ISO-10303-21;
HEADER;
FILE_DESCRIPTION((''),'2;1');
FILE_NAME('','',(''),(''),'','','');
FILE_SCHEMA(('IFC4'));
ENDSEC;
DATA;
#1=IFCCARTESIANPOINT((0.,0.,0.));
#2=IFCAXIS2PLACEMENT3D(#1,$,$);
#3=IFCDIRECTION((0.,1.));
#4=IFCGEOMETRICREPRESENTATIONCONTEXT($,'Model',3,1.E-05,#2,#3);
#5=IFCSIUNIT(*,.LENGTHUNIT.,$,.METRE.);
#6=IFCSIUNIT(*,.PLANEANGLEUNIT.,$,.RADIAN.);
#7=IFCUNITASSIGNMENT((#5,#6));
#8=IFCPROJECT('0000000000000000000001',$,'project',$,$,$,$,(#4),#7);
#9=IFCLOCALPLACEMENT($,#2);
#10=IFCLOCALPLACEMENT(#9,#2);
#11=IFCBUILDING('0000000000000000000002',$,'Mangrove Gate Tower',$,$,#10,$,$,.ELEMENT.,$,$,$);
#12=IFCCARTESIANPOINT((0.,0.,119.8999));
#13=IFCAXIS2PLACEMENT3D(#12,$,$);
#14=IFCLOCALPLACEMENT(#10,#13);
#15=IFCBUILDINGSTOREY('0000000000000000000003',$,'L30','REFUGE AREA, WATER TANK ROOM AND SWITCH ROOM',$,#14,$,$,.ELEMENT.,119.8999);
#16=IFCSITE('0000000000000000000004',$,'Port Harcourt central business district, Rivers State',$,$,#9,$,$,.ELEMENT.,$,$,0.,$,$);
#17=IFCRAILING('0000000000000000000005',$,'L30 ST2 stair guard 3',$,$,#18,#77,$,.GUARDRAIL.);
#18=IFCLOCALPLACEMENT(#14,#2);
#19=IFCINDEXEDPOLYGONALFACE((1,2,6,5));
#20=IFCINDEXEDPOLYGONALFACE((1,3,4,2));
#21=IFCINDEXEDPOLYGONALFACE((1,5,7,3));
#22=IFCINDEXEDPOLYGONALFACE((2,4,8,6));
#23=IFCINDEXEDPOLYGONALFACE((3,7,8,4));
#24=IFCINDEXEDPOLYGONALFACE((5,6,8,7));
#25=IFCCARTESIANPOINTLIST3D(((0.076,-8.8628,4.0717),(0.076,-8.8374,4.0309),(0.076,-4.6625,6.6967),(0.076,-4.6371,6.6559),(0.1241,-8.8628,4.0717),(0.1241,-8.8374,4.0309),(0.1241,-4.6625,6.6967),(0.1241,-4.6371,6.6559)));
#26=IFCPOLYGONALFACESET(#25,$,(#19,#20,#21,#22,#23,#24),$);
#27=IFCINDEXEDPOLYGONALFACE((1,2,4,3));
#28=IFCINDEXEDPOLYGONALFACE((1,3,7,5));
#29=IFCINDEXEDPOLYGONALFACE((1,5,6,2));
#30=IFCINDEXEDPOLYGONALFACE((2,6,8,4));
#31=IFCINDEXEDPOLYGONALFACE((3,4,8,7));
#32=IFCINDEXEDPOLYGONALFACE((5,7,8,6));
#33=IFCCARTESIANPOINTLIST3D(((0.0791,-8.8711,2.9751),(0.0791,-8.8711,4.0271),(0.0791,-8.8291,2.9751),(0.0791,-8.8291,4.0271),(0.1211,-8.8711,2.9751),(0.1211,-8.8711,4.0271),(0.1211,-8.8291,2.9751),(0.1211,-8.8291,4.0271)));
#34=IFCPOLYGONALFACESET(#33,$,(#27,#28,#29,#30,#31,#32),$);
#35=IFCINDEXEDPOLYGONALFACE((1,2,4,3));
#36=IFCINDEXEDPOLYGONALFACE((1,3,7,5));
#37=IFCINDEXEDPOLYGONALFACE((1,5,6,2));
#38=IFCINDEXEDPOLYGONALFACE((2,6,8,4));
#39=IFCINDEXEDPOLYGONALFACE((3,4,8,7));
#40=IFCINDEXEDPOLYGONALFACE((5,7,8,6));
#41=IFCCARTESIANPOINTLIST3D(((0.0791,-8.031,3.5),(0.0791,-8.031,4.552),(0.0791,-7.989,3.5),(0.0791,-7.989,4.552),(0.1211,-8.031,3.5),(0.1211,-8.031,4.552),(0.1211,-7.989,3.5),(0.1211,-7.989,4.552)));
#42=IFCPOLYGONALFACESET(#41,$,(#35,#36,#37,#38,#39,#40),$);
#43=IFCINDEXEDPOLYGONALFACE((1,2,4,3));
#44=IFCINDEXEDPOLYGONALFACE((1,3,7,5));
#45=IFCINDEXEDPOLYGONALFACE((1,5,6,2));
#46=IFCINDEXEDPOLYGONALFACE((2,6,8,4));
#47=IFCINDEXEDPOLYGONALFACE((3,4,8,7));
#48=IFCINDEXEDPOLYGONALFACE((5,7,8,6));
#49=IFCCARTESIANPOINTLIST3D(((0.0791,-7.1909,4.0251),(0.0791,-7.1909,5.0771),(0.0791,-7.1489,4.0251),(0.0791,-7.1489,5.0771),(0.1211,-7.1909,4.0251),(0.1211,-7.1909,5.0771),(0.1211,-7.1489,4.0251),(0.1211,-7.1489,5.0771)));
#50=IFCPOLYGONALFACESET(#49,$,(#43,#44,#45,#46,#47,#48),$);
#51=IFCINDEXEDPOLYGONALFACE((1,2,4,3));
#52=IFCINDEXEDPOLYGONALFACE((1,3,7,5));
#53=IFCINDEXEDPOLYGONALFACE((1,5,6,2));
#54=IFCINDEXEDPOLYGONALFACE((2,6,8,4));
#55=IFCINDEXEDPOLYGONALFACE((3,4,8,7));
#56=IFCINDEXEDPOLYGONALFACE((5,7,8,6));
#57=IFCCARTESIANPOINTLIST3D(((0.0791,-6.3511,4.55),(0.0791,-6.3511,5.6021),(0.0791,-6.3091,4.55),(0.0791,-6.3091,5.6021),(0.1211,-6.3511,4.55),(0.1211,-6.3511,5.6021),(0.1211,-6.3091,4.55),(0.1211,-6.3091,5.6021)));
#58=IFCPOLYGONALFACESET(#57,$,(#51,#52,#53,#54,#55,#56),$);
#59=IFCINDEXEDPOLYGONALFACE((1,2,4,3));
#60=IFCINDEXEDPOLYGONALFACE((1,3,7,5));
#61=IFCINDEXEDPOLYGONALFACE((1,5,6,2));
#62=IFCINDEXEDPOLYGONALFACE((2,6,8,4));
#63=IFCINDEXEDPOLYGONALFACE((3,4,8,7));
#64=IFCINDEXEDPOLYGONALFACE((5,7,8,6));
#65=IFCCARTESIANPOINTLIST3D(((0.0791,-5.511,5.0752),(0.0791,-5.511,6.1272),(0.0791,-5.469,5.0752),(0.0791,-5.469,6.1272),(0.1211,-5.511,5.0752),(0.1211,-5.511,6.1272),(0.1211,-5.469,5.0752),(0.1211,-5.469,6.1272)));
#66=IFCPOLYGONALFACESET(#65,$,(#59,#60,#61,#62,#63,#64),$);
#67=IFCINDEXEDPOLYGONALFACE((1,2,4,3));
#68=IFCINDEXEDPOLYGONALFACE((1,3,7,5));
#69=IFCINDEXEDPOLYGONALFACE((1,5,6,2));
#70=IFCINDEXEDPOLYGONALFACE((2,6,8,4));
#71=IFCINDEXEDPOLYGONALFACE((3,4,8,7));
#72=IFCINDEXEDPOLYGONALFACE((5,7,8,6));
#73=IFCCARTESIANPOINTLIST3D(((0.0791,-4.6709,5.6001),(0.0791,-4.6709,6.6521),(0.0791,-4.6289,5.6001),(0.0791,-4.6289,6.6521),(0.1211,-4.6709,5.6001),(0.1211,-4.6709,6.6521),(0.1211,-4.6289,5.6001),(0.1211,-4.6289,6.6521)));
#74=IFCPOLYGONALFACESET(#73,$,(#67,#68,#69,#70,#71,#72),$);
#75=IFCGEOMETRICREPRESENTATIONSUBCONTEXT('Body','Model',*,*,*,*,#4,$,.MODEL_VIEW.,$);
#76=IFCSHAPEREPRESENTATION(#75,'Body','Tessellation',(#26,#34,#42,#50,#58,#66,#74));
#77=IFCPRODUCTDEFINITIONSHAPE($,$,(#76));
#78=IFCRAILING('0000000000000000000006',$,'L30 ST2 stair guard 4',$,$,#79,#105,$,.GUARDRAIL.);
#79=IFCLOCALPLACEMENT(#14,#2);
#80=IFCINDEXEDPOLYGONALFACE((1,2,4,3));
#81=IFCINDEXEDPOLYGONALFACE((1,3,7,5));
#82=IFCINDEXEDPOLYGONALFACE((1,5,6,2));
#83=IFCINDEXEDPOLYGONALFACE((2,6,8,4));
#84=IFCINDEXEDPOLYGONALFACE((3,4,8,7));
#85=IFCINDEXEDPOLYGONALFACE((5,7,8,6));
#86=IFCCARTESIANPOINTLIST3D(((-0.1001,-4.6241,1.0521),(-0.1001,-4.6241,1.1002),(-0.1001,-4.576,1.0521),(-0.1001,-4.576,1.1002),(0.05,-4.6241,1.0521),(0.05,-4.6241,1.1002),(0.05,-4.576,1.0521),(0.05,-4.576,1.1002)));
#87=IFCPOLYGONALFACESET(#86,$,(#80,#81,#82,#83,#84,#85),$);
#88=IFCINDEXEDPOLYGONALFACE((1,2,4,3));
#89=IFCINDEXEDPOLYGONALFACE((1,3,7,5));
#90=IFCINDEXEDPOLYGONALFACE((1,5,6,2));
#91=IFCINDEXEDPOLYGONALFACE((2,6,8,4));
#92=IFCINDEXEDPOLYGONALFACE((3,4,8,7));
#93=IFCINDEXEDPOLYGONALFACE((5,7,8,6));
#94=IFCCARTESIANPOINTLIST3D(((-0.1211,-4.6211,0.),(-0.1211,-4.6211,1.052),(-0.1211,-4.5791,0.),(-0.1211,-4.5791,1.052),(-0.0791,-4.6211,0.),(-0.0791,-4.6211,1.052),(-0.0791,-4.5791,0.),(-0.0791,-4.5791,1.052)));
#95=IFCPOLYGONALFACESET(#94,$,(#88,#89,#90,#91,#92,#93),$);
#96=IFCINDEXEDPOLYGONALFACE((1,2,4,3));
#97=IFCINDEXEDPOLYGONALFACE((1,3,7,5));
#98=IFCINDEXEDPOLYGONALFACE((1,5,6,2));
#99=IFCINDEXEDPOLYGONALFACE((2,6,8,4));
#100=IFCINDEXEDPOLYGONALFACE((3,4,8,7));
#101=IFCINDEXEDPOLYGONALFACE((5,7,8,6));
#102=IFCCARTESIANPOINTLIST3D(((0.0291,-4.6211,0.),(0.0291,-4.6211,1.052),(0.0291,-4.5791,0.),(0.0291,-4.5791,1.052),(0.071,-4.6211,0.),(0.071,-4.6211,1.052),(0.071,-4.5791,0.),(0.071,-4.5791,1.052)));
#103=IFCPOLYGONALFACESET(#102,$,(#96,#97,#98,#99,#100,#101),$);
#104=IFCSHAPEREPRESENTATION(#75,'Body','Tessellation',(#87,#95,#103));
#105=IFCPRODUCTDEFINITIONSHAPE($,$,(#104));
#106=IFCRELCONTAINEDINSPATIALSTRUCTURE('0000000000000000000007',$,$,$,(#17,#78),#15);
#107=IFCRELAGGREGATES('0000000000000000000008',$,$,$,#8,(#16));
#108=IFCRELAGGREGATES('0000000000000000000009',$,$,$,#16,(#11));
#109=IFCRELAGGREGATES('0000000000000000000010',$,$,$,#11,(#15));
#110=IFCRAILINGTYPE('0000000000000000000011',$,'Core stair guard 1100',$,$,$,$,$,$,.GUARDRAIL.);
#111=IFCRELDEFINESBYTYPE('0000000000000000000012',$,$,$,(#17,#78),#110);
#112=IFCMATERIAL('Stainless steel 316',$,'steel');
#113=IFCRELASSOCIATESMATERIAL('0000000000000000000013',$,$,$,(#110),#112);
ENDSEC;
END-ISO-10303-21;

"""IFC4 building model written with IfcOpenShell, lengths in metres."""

from ifc_helpers import new_model, si_unit, direction, frame, origin, origin_2d, place, context, subcontext, project, spatial, rectangle, extrude, material, type_object, element, save


model = new_model("IFC4")

# Units and contexts
model_context = context("Model", 3, precision=1e-05, world=origin(), true_north=direction((0.0, 1.0)))
body_context = subcontext(model_context, "Body", "Model", "MODEL_VIEW")
ifc_project = project(units=[si_unit("LENGTHUNIT", "METRE"), si_unit("PLANEANGLEUNIT", "RADIAN")], contexts=[model_context])

# Site, building, storey
site_placement = place(None, origin())
site = spatial("IfcSite", under=ifc_project, at=site_placement, Name="Port Harcourt central business district, Rivers State", CompositionType="ELEMENT", RefElevation=0.0)
building_placement = place(site_placement, origin())
building = spatial("IfcBuilding", under=site, at=building_placement, Name="Mangrove Gate Tower", CompositionType="ELEMENT")
storey_placement = place(building_placement, frame((0.0, 0.0, 119.8999)))
storey = spatial("IfcBuildingStorey", under=building, at=storey_placement, Name="L30", Description="REFUGE AREA, WATER TANK ROOM AND SWITCH ROOM", CompositionType="ELEMENT", Elevation=119.8999)

# Railings
ifc_material_1 = material(Name="Stainless steel 316", Category="steel")
railing_type_1 = type_object("IfcRailingType", Name="Core stair guard 1100", PredefinedType="GUARDRAIL", material=ifc_material_1)
railing_1_placement = place(storey_placement, frame((0.1001, -8.8501, 2.9751)))
element("IfcRailing", 1, at=railing_1_placement, inside=storey, type_object=railing_type_1, Name="L30 ST2 stair guard 3", PredefinedType="GUARDRAIL", context=body_context, shape_type="SweptSolid", body=[
    extrude(rectangle(XDim=0.0481, YDim=0.0481, at=origin_2d()), frame((0.0, 0.0, 1.0762), z_axis=(0.0, 0.848009, 0.529981), x_axis=(-1.0, 0.0, 0.0)), (0.0, 0.0, 1.0), 4.9531),
    extrude(rectangle(XDim=0.042, YDim=0.042, at=origin_2d()), origin(), (0.0, 0.0, 1.0), 1.052),
    extrude(rectangle(XDim=0.042, YDim=0.042, at=origin_2d()), frame((0.0, 0.8401, 0.5249)), (0.0, 0.0, 1.0), 1.052),
    extrude(rectangle(XDim=0.042, YDim=0.042, at=origin_2d()), frame((0.0, 1.6802, 1.05)), (0.0, 0.0, 1.0), 1.052),
    extrude(rectangle(XDim=0.042, YDim=0.042, at=origin_2d()), frame((0.0, 2.52, 1.575)), (0.0, 0.0, 1.0), 1.052),
    extrude(rectangle(XDim=0.042, YDim=0.042, at=origin_2d()), frame((0.0, 3.3601, 2.1001)), (0.0, 0.0, 1.0), 1.052),
    extrude(rectangle(XDim=0.042, YDim=0.042, at=origin_2d()), frame((0.0, 4.2002, 2.625)), (0.0, 0.0, 1.0), 1.052),
])
railing_2_placement = place(storey_placement, frame((-0.1001, -4.6001, 0.0)))
element("IfcRailing", 2, at=railing_2_placement, inside=storey, type_object=railing_type_1, Name="L30 ST2 stair guard 4", PredefinedType="GUARDRAIL", context=body_context, shape_type="SweptSolid", body=[
    extrude(rectangle(XDim=0.0481, YDim=0.0481, at=origin_2d()), frame((0.0, 0.0, 1.0762), z_axis=(1.0, 0.0, 0.0), x_axis=(0.0, 1.0, 0.0)), (0.0, 0.0, 1.0), 0.1501),
    extrude(rectangle(XDim=0.042, YDim=0.042, at=origin_2d()), origin(), (0.0, 0.0, 1.0), 1.052),
    extrude(rectangle(XDim=0.042, YDim=0.042, at=origin_2d()), frame((0.1501, 0.0, 0.0)), (0.0, 0.0, 1.0), 1.052),
])

save(model, "model.ifc")
